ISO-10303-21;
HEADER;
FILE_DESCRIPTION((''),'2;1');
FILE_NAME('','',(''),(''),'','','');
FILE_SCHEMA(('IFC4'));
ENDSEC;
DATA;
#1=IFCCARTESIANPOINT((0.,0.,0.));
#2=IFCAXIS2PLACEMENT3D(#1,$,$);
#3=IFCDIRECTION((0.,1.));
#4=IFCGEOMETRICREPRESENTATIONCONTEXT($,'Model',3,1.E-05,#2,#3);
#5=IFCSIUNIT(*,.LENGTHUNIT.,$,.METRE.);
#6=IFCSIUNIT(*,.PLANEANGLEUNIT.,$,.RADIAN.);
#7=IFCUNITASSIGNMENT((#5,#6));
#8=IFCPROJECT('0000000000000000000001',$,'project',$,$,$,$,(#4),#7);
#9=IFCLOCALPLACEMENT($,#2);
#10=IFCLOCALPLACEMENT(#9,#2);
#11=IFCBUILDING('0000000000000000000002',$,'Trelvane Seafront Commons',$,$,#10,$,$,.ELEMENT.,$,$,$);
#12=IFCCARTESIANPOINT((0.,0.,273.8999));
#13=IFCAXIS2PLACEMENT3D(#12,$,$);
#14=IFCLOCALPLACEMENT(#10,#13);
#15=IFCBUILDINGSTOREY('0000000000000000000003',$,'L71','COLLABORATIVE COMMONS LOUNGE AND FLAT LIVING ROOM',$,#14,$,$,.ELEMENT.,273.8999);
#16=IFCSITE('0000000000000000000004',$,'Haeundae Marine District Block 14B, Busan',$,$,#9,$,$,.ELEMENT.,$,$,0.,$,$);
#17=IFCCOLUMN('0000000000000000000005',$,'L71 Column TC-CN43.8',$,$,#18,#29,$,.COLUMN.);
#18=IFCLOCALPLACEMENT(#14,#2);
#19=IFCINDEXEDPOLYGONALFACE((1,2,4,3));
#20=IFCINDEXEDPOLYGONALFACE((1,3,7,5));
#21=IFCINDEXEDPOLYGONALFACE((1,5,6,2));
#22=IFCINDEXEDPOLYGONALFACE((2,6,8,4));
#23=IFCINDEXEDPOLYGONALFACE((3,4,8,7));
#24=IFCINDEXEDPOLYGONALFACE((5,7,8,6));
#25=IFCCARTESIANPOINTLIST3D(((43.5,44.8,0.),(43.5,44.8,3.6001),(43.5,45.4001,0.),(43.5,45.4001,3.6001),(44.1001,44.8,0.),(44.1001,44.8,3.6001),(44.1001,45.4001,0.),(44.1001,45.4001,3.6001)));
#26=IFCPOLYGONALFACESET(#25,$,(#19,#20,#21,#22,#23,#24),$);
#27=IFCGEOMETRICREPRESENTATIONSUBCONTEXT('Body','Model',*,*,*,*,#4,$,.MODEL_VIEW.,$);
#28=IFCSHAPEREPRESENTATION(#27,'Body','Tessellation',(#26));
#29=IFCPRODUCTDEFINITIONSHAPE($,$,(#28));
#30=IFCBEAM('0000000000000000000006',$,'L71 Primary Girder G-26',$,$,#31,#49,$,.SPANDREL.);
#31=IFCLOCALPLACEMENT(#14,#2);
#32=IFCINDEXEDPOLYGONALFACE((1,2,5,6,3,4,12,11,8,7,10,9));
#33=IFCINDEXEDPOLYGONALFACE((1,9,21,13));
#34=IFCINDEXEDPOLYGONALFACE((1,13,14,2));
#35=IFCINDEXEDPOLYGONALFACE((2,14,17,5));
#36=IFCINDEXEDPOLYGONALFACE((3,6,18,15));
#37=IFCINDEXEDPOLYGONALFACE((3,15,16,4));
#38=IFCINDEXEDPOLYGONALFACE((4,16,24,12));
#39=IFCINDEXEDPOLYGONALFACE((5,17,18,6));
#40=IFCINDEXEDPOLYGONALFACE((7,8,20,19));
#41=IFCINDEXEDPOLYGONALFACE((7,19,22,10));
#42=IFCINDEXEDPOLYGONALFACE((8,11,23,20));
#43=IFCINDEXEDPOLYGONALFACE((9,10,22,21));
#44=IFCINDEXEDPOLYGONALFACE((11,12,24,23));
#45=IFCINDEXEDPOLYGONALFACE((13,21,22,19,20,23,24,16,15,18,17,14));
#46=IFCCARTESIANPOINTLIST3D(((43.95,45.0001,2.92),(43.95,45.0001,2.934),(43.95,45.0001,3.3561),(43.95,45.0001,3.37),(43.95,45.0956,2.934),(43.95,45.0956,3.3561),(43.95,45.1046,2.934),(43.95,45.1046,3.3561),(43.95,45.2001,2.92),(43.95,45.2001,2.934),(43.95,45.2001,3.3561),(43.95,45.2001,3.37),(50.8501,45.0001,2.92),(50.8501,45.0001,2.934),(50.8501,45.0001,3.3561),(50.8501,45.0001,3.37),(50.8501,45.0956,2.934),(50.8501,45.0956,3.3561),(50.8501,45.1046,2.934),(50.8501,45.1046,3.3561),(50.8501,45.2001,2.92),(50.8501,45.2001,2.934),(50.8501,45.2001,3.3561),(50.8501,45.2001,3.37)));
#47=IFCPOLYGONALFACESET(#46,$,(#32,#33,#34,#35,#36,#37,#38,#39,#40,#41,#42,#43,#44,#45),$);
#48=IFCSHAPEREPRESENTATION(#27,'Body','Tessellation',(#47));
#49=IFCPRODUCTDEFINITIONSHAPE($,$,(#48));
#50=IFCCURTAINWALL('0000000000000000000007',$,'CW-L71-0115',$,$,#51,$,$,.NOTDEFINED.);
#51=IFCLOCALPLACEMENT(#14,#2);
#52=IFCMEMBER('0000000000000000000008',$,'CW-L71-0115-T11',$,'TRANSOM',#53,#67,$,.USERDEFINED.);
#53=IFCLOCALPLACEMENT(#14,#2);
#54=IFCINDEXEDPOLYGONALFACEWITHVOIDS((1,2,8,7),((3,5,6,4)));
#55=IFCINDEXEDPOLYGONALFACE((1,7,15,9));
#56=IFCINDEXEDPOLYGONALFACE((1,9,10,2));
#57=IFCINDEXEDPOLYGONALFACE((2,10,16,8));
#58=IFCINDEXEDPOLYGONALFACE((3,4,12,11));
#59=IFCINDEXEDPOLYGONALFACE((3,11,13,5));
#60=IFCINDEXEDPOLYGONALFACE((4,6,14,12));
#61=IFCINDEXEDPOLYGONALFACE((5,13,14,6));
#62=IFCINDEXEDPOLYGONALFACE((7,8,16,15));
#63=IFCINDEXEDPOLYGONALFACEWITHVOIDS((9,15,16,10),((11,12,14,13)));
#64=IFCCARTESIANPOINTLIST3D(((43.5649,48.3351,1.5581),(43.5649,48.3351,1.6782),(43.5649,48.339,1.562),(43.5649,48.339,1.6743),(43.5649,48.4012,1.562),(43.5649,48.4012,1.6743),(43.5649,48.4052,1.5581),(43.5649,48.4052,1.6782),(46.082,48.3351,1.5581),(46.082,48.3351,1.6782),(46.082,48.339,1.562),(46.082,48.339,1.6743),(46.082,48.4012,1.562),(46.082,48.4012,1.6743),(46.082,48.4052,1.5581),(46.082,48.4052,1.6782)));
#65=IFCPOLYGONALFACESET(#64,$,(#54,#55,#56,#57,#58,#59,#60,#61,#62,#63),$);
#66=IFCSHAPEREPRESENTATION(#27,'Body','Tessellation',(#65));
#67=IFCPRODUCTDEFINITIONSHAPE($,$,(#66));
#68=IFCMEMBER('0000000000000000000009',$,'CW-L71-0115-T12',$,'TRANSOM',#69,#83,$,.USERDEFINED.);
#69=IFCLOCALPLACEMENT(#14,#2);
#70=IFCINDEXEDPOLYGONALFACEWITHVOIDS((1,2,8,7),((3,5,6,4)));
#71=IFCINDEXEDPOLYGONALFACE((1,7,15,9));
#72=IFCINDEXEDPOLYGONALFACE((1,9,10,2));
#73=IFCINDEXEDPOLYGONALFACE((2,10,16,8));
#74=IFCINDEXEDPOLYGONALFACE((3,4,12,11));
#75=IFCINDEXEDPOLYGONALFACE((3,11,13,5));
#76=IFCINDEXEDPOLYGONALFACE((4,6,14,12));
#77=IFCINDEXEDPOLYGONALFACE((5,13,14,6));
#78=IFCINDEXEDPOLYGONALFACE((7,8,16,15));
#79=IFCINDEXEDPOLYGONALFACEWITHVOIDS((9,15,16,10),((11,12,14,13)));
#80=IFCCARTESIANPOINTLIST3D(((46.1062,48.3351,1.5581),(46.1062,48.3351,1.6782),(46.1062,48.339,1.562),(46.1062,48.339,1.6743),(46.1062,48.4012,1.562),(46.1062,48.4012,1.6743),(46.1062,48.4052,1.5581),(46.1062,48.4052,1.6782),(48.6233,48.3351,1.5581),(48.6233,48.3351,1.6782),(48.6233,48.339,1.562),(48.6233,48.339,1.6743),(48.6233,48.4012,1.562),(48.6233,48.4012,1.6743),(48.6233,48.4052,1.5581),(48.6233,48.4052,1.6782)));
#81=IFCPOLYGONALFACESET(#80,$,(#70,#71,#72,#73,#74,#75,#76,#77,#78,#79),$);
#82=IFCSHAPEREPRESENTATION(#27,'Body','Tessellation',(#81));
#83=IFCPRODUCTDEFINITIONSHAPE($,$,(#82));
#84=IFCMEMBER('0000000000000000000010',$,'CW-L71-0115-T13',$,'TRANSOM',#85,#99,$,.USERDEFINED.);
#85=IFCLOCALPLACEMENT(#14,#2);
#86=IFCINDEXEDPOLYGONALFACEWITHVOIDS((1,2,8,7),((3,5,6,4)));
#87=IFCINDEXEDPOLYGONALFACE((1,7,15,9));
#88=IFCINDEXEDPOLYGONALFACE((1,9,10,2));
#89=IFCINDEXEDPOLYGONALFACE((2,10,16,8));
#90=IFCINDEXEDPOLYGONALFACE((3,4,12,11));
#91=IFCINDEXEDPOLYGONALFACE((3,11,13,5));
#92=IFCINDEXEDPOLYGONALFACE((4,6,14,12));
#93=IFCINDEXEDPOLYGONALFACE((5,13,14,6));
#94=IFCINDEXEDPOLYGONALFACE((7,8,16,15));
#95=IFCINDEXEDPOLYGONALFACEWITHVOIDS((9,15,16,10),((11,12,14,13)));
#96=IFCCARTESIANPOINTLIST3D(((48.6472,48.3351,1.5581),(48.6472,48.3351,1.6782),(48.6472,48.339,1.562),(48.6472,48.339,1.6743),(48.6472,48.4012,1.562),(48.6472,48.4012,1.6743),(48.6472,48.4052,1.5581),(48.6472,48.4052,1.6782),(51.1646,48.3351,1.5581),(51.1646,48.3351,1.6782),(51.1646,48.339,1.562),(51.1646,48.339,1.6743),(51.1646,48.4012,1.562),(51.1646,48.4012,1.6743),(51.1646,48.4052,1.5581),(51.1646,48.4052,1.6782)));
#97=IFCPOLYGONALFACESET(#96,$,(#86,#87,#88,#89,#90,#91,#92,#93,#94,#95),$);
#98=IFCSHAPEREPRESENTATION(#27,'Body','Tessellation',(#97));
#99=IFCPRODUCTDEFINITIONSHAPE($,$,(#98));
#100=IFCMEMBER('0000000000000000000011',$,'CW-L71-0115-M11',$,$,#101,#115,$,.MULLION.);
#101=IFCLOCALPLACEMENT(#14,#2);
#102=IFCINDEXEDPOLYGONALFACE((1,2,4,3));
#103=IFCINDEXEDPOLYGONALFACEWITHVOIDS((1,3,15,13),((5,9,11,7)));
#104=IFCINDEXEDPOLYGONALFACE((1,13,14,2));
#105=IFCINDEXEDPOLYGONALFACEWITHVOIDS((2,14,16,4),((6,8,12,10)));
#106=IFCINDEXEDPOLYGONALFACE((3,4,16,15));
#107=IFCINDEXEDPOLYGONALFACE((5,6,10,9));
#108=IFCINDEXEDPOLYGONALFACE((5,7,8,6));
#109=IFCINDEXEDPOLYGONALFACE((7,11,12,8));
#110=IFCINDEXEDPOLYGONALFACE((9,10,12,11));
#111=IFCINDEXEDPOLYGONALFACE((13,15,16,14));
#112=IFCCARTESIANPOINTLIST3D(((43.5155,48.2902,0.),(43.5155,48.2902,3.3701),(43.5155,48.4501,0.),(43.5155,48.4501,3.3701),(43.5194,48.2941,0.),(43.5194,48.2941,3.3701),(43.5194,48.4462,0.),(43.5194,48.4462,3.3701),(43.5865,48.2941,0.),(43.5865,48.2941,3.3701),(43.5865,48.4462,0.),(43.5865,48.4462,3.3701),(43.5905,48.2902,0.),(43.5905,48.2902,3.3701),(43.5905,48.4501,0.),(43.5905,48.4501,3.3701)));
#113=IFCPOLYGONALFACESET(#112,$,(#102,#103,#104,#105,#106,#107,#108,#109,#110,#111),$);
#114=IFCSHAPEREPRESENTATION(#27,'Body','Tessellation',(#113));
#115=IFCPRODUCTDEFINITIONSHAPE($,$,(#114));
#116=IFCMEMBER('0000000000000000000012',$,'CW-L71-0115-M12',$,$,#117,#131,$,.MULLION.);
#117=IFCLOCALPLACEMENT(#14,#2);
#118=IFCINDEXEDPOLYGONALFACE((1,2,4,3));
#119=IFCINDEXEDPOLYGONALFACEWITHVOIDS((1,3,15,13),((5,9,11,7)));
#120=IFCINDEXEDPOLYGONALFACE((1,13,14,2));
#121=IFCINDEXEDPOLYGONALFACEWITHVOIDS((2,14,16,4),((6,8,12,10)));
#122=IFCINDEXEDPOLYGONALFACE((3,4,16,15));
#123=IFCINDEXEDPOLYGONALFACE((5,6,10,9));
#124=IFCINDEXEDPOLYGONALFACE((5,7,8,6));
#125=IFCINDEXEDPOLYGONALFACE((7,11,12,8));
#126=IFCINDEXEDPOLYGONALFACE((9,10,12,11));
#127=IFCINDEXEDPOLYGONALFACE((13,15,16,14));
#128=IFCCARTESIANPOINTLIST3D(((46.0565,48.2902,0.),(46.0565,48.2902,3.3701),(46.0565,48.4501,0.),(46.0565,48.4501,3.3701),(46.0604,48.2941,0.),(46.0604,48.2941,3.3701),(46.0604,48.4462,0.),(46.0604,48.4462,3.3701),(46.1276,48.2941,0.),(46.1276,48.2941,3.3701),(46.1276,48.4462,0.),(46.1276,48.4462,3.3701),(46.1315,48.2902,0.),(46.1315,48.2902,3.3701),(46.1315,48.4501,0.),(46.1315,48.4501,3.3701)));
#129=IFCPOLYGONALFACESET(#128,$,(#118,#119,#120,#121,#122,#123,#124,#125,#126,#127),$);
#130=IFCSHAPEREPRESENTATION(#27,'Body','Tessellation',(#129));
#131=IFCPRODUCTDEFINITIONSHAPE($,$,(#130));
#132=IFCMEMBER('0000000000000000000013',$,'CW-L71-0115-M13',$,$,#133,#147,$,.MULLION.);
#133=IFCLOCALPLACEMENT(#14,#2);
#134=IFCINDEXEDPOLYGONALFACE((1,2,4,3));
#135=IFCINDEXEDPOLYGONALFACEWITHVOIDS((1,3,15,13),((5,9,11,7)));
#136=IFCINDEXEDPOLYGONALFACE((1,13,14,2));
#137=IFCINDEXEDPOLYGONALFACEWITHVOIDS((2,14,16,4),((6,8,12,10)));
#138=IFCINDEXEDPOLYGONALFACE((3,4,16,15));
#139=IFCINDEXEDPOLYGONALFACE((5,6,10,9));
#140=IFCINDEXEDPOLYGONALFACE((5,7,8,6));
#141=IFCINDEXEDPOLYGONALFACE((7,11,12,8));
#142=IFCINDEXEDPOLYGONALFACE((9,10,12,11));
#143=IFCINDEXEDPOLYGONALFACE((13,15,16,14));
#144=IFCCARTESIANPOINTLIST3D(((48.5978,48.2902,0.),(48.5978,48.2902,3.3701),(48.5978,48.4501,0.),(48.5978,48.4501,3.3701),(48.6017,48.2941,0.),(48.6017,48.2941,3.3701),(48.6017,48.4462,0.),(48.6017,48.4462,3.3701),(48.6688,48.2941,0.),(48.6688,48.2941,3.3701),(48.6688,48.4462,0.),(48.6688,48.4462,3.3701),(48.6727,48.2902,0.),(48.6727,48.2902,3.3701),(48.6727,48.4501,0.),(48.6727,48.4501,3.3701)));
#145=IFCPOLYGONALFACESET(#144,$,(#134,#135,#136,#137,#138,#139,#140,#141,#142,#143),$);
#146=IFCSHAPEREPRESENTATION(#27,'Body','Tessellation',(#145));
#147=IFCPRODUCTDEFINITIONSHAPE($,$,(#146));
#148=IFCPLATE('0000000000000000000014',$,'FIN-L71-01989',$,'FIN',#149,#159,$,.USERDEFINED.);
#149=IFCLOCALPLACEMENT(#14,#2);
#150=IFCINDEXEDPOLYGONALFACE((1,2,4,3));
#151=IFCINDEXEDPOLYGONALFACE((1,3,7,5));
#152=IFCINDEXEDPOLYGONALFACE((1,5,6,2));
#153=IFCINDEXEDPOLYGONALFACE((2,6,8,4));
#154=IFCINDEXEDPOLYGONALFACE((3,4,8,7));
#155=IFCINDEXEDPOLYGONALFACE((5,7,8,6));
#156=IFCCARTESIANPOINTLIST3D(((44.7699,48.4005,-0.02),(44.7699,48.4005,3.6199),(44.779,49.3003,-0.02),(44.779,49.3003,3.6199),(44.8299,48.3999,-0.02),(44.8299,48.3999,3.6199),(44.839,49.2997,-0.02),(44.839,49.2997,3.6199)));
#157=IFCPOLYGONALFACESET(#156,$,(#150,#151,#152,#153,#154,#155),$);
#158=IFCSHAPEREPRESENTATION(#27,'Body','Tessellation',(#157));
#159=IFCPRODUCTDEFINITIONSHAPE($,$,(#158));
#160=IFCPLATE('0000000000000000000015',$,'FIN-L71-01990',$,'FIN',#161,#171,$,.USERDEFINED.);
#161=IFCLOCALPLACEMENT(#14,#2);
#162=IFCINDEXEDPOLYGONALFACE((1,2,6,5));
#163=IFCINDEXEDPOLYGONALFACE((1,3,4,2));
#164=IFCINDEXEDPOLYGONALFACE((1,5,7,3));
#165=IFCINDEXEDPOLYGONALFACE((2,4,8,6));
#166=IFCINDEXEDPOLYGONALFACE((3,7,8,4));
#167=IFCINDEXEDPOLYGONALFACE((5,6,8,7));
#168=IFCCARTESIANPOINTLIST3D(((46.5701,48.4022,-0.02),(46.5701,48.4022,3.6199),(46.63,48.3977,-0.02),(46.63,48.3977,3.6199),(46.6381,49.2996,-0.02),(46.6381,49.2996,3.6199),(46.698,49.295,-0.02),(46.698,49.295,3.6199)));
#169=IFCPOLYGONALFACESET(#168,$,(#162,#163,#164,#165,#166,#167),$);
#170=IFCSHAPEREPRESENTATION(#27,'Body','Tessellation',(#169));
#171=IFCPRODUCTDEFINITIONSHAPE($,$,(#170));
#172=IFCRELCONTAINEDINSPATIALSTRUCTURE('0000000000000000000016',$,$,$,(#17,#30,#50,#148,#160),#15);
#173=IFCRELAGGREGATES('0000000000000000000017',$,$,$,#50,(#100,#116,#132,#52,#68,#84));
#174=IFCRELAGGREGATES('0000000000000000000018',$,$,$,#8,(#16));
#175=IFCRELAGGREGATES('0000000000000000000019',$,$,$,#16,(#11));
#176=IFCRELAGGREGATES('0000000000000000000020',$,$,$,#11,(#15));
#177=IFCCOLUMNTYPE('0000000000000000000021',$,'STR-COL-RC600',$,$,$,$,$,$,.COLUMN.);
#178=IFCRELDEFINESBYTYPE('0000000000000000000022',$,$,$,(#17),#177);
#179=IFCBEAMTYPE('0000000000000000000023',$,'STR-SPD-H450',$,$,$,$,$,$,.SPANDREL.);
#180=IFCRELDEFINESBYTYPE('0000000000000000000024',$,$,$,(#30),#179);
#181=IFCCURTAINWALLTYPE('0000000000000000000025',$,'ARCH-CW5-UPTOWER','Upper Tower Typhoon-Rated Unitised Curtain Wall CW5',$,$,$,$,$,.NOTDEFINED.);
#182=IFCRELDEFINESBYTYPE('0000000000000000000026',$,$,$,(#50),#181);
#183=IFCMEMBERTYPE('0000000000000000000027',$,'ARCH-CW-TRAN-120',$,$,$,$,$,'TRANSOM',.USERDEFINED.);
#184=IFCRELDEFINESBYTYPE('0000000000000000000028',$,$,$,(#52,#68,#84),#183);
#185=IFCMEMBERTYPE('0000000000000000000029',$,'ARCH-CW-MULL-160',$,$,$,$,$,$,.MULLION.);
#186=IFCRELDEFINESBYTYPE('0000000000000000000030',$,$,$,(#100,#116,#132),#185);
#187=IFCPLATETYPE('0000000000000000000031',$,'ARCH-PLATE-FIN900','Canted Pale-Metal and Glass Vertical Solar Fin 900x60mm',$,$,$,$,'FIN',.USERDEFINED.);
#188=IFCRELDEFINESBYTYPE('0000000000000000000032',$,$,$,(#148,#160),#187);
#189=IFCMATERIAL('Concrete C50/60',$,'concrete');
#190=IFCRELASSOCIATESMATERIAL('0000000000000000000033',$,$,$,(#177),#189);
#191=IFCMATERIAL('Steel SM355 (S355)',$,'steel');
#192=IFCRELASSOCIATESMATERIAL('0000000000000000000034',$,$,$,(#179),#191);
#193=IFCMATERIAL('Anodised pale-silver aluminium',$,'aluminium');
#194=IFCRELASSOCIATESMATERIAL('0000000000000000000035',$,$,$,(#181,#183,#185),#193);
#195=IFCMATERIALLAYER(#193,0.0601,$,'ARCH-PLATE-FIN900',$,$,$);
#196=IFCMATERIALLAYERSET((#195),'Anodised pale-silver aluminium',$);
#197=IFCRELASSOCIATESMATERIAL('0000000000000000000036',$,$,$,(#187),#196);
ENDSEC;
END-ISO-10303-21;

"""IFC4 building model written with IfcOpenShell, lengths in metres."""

from ifc_helpers import new_model, si_unit, direction, frame, origin, origin_2d, place, context, subcontext, project, spatial, rectangle, hollow_rectangle, i_section, extrude, source, transform, mapped, material, layer, layer_set, material_profile, profile_set, type_object, element, aggregate, save


model = new_model("IFC4")

# Units and contexts
model_context = context("Model", 3, precision=1e-05, world=origin(), true_north=direction((0.0, 1.0)))
body_context = subcontext(model_context, "Body", "Model", "MODEL_VIEW")
ifc_project = project(units=[si_unit("LENGTHUNIT", "METRE"), si_unit("PLANEANGLEUNIT", "RADIAN")], contexts=[model_context])

# Site, building, storey
site_placement = place(None, origin())
site = spatial("IfcSite", under=ifc_project, at=site_placement, Name="Haeundae Marine District Block 14B, Busan", CompositionType="ELEMENT", RefElevation=0.0)
building_placement = place(site_placement, origin())
building = spatial("IfcBuilding", under=site, at=building_placement, Name="Trelvane Seafront Commons", CompositionType="ELEMENT")
storey_placement = place(building_placement, frame((0.0, 0.0, 273.8999)))
storey = spatial("IfcBuildingStorey", under=building, at=storey_placement, Name="L71", Description="COLLABORATIVE COMMONS LOUNGE AND FLAT LIVING ROOM", CompositionType="ELEMENT", Elevation=273.8999)

# Column
ifc_material_1 = material(Name="Concrete C50/60", Category="concrete")
ifc_material_profile_1 = material_profile(ifc_material_1, rectangle(XDim=0.6001, YDim=0.6001, at=origin_2d()), Name="RC-600x600")
ifc_profile_set_1 = profile_set([ifc_material_profile_1], Name="Concrete C50/60")
column_type = type_object("IfcColumnType", Name="STR-COL-RC600", PredefinedType="COLUMN", material=ifc_profile_set_1)
shared_shape_1 = source(origin(), body_context, "Body", "SweptSolid", [
    extrude(rectangle(XDim=0.6001, YDim=0.6001, at=origin_2d()), origin(), (0.0, 0.0, 1.0), 3.6001),
])
column_placement = place(storey_placement, frame((43.8, 45.1001, 0.0), z_axis=(0.0, 0.0, 1.0), x_axis=(1.0, 0.0, 0.0)))
element("IfcColumn", 1, at=column_placement, inside=storey, type_object=column_type, Name="L71 Column TC-CN43.8", PredefinedType="COLUMN", context=body_context, shape_type="MappedRepresentation", body=[
    mapped(shared_shape_1, transform((0.0, 0.0, 0.0), x_axis=(1.0, 0.0, 0.0), y_axis=(0.0, 1.0, 0.0), z_axis=(0.0, 0.0, 1.0), scale=1.0)),
])

# Beam
ifc_material_2 = material(Name="Steel SM355 (S355)", Category="steel")
ifc_material_profile_2 = material_profile(ifc_material_2, i_section(OverallWidth=0.2, OverallDepth=0.45, WebThickness=0.009, FlangeThickness=0.0139, at=origin_2d()), Name="H-450x200x9x14")
ifc_profile_set_2 = profile_set([ifc_material_profile_2], Name="Steel SM355 (S355)")
beam_type = type_object("IfcBeamType", Name="STR-SPD-H450", PredefinedType="SPANDREL", material=ifc_profile_set_2)
shared_shape_2 = source(origin(), body_context, "Body", "SweptSolid", [
    extrude(i_section(OverallWidth=0.2, OverallDepth=0.45, WebThickness=0.009, FlangeThickness=0.0139, at=origin_2d()), origin(), (0.0, 0.0, 1.0), 6.9001),
])
beam_placement = place(storey_placement, frame((43.95, 45.1001, 3.145), z_axis=(1.0, 0.0, 0.0), x_axis=(0.0, 1.0, 0.0)))
element("IfcBeam", 2, at=beam_placement, inside=storey, type_object=beam_type, Name="L71 Primary Girder G-26", PredefinedType="SPANDREL", context=body_context, shape_type="MappedRepresentation", body=[
    mapped(shared_shape_2, transform((0.0, 0.0, 0.0), x_axis=(1.0, 0.0, 0.0), y_axis=(0.0, 1.0, 0.0), z_axis=(0.0, 0.0, 1.0), scale=1.0)),
])

# Curtain wall, members
ifc_material_3 = material(Name="Anodised pale-silver aluminium", Category="aluminium")
curtain_wall_type = type_object("IfcCurtainWallType", Name="ARCH-CW5-UPTOWER", Description="Upper Tower Typhoon-Rated Unitised Curtain Wall CW5", PredefinedType="NOTDEFINED", material=ifc_material_3)
curtain_wall_placement = place(storey_placement, origin())
curtain_wall = element("IfcCurtainWall", 3, at=curtain_wall_placement, inside=storey, type_object=curtain_wall_type, Name="CW-L71-0115", PredefinedType="NOTDEFINED")
ifc_material_profile_3 = material_profile(ifc_material_3, hollow_rectangle(XDim=0.0701, YDim=0.1201, WallThickness=0.0039, at=origin_2d()), Name="TRAN-70x120x4")
ifc_profile_set_3 = profile_set([ifc_material_profile_3], Name="Anodised pale-silver aluminium")
member_type_1 = type_object("IfcMemberType", Name="ARCH-CW-TRAN-120", ElementType="TRANSOM", PredefinedType="USERDEFINED", material=ifc_profile_set_3)
shared_shape_3 = source(origin(), body_context, "Body", "SweptSolid", [
    extrude(hollow_rectangle(XDim=0.0701, YDim=0.1201, WallThickness=0.0039, at=origin_2d()), origin(), (0.0, 0.0, 1.0), 2.5171),
])
member_1_placement = place(storey_placement, frame((43.5649, 48.3701, 1.6182), z_axis=(1.0, 0.0, 0.0), x_axis=(0.0, 1.0, 0.0)))
member_1 = element("IfcMember", 4, at=member_1_placement, type_object=member_type_1, Name="CW-L71-0115-T11", ObjectType="TRANSOM", PredefinedType="USERDEFINED", context=body_context, shape_type="MappedRepresentation", body=[
    mapped(shared_shape_3, transform((0.0, 0.0, 0.0), x_axis=(1.0, 0.0, 0.0), y_axis=(0.0, 1.0, 0.0), z_axis=(0.0, 0.0, 1.0), scale=1.0)),
])
member_2_placement = place(storey_placement, frame((46.1062, 48.3701, 1.6182), z_axis=(1.0, 0.0, 0.0), x_axis=(0.0, 1.0, 0.0)))
member_2 = element("IfcMember", 5, at=member_2_placement, type_object=member_type_1, Name="CW-L71-0115-T12", ObjectType="TRANSOM", PredefinedType="USERDEFINED", context=body_context, shape_type="MappedRepresentation", body=[
    mapped(shared_shape_3, transform((0.0, 0.0, 0.0), x_axis=(1.0, 0.0, 0.0), y_axis=(0.0, 1.0, 0.0), z_axis=(0.0, 0.0, 1.0), scale=1.0)),
])
shared_shape_4 = source(origin(), body_context, "Body", "SweptSolid", [
    extrude(hollow_rectangle(XDim=0.0701, YDim=0.1201, WallThickness=0.0039, at=origin_2d()), origin(), (0.0, 0.0, 1.0), 2.5173),
])
member_3_placement = place(storey_placement, frame((48.6472, 48.3701, 1.6182), z_axis=(1.0, 0.0, 0.0), x_axis=(0.0, 1.0, 0.0)))
member_3 = element("IfcMember", 6, at=member_3_placement, type_object=member_type_1, Name="CW-L71-0115-T13", ObjectType="TRANSOM", PredefinedType="USERDEFINED", context=body_context, shape_type="MappedRepresentation", body=[
    mapped(shared_shape_4, transform((0.0, 0.0, 0.0), x_axis=(1.0, 0.0, 0.0), y_axis=(0.0, 1.0, 0.0), z_axis=(0.0, 0.0, 1.0), scale=1.0)),
])
ifc_material_profile_4 = material_profile(ifc_material_3, hollow_rectangle(XDim=0.075, YDim=0.1599, WallThickness=0.0039, at=origin_2d()), Name="MULL-75x160x4")
ifc_profile_set_4 = profile_set([ifc_material_profile_4], Name="Anodised pale-silver aluminium")
member_type_2 = type_object("IfcMemberType", Name="ARCH-CW-MULL-160", PredefinedType="MULLION", material=ifc_profile_set_4)
shared_shape_5 = source(origin(), body_context, "Body", "SweptSolid", [
    extrude(hollow_rectangle(XDim=0.075, YDim=0.1599, WallThickness=0.0039, at=origin_2d()), origin(), (0.0, 0.0, 1.0), 3.3701),
])
member_4_placement = place(storey_placement, frame((43.553, 48.3701, 0.0), z_axis=(0.0, 0.0, 1.0), x_axis=(1.0, 0.0, 0.0)))
member_4 = element("IfcMember", 7, at=member_4_placement, type_object=member_type_2, Name="CW-L71-0115-M11", PredefinedType="MULLION", context=body_context, shape_type="MappedRepresentation", body=[
    mapped(shared_shape_5, transform((0.0, 0.0, 0.0), x_axis=(1.0, 0.0, 0.0), y_axis=(0.0, 1.0, 0.0), z_axis=(0.0, 0.0, 1.0), scale=1.0)),
])
member_5_placement = place(storey_placement, frame((46.094, 48.3701, 0.0), z_axis=(0.0, 0.0, 1.0), x_axis=(1.0, 0.0, 0.0)))
member_5 = element("IfcMember", 8, at=member_5_placement, type_object=member_type_2, Name="CW-L71-0115-M12", PredefinedType="MULLION", context=body_context, shape_type="MappedRepresentation", body=[
    mapped(shared_shape_5, transform((0.0, 0.0, 0.0), x_axis=(1.0, 0.0, 0.0), y_axis=(0.0, 1.0, 0.0), z_axis=(0.0, 0.0, 1.0), scale=1.0)),
])
member_6_placement = place(storey_placement, frame((48.6353, 48.3701, 0.0), z_axis=(0.0, 0.0, 1.0), x_axis=(1.0, 0.0, 0.0)))
member_6 = element("IfcMember", 9, at=member_6_placement, type_object=member_type_2, Name="CW-L71-0115-M13", PredefinedType="MULLION", context=body_context, shape_type="MappedRepresentation", body=[
    mapped(shared_shape_5, transform((0.0, 0.0, 0.0), x_axis=(1.0, 0.0, 0.0), y_axis=(0.0, 1.0, 0.0), z_axis=(0.0, 0.0, 1.0), scale=1.0)),
])

# Plates
ifc_layer_1 = layer(ifc_material_3, 0.0601, Name="ARCH-PLATE-FIN900")
ifc_layer_set_1 = layer_set([ifc_layer_1], Name="Anodised pale-silver aluminium")
plate_type_1 = type_object("IfcPlateType", Name="ARCH-PLATE-FIN900", Description="Canted Pale-Metal and Glass Vertical Solar Fin 900x60mm", ElementType="FIN", PredefinedType="USERDEFINED", material=ifc_layer_set_1)
shared_shape_6 = source(origin(), body_context, "Body", "SweptSolid", [
    extrude(rectangle(XDim=0.8999, YDim=0.0601, at=origin_2d()), origin(), (0.0, 0.0, 1.0), 3.6399),
])
for number, where, z_axis, x_axis, name in (
    (10, (44.8044, 48.8501, -0.02), (0.0, 0.0, 1.0), (0.010111, 0.999949, 0.0), "FIN-L71-01989"),
    (11, (46.634, 48.8486, -0.02), (0.0, 0.0, 1.0), (0.075558, 0.997141, 0.0), "FIN-L71-01990"),
):
    element("IfcPlate", number, at=place(storey_placement, frame(where, z_axis=z_axis, x_axis=x_axis)), inside=storey, type_object=plate_type_1, Name=name, ObjectType="FIN", PredefinedType="USERDEFINED", context=body_context, shape_type="MappedRepresentation", body=[
        mapped(shared_shape_6, transform((0.0, 0.0, 0.0), x_axis=(1.0, 0.0, 0.0), y_axis=(0.0, 1.0, 0.0), z_axis=(0.0, 0.0, 1.0), scale=1.0)),
    ])

aggregate(curtain_wall, [member_4, member_5, member_6, member_1, member_2, member_3])

save(model, "model.ifc")
